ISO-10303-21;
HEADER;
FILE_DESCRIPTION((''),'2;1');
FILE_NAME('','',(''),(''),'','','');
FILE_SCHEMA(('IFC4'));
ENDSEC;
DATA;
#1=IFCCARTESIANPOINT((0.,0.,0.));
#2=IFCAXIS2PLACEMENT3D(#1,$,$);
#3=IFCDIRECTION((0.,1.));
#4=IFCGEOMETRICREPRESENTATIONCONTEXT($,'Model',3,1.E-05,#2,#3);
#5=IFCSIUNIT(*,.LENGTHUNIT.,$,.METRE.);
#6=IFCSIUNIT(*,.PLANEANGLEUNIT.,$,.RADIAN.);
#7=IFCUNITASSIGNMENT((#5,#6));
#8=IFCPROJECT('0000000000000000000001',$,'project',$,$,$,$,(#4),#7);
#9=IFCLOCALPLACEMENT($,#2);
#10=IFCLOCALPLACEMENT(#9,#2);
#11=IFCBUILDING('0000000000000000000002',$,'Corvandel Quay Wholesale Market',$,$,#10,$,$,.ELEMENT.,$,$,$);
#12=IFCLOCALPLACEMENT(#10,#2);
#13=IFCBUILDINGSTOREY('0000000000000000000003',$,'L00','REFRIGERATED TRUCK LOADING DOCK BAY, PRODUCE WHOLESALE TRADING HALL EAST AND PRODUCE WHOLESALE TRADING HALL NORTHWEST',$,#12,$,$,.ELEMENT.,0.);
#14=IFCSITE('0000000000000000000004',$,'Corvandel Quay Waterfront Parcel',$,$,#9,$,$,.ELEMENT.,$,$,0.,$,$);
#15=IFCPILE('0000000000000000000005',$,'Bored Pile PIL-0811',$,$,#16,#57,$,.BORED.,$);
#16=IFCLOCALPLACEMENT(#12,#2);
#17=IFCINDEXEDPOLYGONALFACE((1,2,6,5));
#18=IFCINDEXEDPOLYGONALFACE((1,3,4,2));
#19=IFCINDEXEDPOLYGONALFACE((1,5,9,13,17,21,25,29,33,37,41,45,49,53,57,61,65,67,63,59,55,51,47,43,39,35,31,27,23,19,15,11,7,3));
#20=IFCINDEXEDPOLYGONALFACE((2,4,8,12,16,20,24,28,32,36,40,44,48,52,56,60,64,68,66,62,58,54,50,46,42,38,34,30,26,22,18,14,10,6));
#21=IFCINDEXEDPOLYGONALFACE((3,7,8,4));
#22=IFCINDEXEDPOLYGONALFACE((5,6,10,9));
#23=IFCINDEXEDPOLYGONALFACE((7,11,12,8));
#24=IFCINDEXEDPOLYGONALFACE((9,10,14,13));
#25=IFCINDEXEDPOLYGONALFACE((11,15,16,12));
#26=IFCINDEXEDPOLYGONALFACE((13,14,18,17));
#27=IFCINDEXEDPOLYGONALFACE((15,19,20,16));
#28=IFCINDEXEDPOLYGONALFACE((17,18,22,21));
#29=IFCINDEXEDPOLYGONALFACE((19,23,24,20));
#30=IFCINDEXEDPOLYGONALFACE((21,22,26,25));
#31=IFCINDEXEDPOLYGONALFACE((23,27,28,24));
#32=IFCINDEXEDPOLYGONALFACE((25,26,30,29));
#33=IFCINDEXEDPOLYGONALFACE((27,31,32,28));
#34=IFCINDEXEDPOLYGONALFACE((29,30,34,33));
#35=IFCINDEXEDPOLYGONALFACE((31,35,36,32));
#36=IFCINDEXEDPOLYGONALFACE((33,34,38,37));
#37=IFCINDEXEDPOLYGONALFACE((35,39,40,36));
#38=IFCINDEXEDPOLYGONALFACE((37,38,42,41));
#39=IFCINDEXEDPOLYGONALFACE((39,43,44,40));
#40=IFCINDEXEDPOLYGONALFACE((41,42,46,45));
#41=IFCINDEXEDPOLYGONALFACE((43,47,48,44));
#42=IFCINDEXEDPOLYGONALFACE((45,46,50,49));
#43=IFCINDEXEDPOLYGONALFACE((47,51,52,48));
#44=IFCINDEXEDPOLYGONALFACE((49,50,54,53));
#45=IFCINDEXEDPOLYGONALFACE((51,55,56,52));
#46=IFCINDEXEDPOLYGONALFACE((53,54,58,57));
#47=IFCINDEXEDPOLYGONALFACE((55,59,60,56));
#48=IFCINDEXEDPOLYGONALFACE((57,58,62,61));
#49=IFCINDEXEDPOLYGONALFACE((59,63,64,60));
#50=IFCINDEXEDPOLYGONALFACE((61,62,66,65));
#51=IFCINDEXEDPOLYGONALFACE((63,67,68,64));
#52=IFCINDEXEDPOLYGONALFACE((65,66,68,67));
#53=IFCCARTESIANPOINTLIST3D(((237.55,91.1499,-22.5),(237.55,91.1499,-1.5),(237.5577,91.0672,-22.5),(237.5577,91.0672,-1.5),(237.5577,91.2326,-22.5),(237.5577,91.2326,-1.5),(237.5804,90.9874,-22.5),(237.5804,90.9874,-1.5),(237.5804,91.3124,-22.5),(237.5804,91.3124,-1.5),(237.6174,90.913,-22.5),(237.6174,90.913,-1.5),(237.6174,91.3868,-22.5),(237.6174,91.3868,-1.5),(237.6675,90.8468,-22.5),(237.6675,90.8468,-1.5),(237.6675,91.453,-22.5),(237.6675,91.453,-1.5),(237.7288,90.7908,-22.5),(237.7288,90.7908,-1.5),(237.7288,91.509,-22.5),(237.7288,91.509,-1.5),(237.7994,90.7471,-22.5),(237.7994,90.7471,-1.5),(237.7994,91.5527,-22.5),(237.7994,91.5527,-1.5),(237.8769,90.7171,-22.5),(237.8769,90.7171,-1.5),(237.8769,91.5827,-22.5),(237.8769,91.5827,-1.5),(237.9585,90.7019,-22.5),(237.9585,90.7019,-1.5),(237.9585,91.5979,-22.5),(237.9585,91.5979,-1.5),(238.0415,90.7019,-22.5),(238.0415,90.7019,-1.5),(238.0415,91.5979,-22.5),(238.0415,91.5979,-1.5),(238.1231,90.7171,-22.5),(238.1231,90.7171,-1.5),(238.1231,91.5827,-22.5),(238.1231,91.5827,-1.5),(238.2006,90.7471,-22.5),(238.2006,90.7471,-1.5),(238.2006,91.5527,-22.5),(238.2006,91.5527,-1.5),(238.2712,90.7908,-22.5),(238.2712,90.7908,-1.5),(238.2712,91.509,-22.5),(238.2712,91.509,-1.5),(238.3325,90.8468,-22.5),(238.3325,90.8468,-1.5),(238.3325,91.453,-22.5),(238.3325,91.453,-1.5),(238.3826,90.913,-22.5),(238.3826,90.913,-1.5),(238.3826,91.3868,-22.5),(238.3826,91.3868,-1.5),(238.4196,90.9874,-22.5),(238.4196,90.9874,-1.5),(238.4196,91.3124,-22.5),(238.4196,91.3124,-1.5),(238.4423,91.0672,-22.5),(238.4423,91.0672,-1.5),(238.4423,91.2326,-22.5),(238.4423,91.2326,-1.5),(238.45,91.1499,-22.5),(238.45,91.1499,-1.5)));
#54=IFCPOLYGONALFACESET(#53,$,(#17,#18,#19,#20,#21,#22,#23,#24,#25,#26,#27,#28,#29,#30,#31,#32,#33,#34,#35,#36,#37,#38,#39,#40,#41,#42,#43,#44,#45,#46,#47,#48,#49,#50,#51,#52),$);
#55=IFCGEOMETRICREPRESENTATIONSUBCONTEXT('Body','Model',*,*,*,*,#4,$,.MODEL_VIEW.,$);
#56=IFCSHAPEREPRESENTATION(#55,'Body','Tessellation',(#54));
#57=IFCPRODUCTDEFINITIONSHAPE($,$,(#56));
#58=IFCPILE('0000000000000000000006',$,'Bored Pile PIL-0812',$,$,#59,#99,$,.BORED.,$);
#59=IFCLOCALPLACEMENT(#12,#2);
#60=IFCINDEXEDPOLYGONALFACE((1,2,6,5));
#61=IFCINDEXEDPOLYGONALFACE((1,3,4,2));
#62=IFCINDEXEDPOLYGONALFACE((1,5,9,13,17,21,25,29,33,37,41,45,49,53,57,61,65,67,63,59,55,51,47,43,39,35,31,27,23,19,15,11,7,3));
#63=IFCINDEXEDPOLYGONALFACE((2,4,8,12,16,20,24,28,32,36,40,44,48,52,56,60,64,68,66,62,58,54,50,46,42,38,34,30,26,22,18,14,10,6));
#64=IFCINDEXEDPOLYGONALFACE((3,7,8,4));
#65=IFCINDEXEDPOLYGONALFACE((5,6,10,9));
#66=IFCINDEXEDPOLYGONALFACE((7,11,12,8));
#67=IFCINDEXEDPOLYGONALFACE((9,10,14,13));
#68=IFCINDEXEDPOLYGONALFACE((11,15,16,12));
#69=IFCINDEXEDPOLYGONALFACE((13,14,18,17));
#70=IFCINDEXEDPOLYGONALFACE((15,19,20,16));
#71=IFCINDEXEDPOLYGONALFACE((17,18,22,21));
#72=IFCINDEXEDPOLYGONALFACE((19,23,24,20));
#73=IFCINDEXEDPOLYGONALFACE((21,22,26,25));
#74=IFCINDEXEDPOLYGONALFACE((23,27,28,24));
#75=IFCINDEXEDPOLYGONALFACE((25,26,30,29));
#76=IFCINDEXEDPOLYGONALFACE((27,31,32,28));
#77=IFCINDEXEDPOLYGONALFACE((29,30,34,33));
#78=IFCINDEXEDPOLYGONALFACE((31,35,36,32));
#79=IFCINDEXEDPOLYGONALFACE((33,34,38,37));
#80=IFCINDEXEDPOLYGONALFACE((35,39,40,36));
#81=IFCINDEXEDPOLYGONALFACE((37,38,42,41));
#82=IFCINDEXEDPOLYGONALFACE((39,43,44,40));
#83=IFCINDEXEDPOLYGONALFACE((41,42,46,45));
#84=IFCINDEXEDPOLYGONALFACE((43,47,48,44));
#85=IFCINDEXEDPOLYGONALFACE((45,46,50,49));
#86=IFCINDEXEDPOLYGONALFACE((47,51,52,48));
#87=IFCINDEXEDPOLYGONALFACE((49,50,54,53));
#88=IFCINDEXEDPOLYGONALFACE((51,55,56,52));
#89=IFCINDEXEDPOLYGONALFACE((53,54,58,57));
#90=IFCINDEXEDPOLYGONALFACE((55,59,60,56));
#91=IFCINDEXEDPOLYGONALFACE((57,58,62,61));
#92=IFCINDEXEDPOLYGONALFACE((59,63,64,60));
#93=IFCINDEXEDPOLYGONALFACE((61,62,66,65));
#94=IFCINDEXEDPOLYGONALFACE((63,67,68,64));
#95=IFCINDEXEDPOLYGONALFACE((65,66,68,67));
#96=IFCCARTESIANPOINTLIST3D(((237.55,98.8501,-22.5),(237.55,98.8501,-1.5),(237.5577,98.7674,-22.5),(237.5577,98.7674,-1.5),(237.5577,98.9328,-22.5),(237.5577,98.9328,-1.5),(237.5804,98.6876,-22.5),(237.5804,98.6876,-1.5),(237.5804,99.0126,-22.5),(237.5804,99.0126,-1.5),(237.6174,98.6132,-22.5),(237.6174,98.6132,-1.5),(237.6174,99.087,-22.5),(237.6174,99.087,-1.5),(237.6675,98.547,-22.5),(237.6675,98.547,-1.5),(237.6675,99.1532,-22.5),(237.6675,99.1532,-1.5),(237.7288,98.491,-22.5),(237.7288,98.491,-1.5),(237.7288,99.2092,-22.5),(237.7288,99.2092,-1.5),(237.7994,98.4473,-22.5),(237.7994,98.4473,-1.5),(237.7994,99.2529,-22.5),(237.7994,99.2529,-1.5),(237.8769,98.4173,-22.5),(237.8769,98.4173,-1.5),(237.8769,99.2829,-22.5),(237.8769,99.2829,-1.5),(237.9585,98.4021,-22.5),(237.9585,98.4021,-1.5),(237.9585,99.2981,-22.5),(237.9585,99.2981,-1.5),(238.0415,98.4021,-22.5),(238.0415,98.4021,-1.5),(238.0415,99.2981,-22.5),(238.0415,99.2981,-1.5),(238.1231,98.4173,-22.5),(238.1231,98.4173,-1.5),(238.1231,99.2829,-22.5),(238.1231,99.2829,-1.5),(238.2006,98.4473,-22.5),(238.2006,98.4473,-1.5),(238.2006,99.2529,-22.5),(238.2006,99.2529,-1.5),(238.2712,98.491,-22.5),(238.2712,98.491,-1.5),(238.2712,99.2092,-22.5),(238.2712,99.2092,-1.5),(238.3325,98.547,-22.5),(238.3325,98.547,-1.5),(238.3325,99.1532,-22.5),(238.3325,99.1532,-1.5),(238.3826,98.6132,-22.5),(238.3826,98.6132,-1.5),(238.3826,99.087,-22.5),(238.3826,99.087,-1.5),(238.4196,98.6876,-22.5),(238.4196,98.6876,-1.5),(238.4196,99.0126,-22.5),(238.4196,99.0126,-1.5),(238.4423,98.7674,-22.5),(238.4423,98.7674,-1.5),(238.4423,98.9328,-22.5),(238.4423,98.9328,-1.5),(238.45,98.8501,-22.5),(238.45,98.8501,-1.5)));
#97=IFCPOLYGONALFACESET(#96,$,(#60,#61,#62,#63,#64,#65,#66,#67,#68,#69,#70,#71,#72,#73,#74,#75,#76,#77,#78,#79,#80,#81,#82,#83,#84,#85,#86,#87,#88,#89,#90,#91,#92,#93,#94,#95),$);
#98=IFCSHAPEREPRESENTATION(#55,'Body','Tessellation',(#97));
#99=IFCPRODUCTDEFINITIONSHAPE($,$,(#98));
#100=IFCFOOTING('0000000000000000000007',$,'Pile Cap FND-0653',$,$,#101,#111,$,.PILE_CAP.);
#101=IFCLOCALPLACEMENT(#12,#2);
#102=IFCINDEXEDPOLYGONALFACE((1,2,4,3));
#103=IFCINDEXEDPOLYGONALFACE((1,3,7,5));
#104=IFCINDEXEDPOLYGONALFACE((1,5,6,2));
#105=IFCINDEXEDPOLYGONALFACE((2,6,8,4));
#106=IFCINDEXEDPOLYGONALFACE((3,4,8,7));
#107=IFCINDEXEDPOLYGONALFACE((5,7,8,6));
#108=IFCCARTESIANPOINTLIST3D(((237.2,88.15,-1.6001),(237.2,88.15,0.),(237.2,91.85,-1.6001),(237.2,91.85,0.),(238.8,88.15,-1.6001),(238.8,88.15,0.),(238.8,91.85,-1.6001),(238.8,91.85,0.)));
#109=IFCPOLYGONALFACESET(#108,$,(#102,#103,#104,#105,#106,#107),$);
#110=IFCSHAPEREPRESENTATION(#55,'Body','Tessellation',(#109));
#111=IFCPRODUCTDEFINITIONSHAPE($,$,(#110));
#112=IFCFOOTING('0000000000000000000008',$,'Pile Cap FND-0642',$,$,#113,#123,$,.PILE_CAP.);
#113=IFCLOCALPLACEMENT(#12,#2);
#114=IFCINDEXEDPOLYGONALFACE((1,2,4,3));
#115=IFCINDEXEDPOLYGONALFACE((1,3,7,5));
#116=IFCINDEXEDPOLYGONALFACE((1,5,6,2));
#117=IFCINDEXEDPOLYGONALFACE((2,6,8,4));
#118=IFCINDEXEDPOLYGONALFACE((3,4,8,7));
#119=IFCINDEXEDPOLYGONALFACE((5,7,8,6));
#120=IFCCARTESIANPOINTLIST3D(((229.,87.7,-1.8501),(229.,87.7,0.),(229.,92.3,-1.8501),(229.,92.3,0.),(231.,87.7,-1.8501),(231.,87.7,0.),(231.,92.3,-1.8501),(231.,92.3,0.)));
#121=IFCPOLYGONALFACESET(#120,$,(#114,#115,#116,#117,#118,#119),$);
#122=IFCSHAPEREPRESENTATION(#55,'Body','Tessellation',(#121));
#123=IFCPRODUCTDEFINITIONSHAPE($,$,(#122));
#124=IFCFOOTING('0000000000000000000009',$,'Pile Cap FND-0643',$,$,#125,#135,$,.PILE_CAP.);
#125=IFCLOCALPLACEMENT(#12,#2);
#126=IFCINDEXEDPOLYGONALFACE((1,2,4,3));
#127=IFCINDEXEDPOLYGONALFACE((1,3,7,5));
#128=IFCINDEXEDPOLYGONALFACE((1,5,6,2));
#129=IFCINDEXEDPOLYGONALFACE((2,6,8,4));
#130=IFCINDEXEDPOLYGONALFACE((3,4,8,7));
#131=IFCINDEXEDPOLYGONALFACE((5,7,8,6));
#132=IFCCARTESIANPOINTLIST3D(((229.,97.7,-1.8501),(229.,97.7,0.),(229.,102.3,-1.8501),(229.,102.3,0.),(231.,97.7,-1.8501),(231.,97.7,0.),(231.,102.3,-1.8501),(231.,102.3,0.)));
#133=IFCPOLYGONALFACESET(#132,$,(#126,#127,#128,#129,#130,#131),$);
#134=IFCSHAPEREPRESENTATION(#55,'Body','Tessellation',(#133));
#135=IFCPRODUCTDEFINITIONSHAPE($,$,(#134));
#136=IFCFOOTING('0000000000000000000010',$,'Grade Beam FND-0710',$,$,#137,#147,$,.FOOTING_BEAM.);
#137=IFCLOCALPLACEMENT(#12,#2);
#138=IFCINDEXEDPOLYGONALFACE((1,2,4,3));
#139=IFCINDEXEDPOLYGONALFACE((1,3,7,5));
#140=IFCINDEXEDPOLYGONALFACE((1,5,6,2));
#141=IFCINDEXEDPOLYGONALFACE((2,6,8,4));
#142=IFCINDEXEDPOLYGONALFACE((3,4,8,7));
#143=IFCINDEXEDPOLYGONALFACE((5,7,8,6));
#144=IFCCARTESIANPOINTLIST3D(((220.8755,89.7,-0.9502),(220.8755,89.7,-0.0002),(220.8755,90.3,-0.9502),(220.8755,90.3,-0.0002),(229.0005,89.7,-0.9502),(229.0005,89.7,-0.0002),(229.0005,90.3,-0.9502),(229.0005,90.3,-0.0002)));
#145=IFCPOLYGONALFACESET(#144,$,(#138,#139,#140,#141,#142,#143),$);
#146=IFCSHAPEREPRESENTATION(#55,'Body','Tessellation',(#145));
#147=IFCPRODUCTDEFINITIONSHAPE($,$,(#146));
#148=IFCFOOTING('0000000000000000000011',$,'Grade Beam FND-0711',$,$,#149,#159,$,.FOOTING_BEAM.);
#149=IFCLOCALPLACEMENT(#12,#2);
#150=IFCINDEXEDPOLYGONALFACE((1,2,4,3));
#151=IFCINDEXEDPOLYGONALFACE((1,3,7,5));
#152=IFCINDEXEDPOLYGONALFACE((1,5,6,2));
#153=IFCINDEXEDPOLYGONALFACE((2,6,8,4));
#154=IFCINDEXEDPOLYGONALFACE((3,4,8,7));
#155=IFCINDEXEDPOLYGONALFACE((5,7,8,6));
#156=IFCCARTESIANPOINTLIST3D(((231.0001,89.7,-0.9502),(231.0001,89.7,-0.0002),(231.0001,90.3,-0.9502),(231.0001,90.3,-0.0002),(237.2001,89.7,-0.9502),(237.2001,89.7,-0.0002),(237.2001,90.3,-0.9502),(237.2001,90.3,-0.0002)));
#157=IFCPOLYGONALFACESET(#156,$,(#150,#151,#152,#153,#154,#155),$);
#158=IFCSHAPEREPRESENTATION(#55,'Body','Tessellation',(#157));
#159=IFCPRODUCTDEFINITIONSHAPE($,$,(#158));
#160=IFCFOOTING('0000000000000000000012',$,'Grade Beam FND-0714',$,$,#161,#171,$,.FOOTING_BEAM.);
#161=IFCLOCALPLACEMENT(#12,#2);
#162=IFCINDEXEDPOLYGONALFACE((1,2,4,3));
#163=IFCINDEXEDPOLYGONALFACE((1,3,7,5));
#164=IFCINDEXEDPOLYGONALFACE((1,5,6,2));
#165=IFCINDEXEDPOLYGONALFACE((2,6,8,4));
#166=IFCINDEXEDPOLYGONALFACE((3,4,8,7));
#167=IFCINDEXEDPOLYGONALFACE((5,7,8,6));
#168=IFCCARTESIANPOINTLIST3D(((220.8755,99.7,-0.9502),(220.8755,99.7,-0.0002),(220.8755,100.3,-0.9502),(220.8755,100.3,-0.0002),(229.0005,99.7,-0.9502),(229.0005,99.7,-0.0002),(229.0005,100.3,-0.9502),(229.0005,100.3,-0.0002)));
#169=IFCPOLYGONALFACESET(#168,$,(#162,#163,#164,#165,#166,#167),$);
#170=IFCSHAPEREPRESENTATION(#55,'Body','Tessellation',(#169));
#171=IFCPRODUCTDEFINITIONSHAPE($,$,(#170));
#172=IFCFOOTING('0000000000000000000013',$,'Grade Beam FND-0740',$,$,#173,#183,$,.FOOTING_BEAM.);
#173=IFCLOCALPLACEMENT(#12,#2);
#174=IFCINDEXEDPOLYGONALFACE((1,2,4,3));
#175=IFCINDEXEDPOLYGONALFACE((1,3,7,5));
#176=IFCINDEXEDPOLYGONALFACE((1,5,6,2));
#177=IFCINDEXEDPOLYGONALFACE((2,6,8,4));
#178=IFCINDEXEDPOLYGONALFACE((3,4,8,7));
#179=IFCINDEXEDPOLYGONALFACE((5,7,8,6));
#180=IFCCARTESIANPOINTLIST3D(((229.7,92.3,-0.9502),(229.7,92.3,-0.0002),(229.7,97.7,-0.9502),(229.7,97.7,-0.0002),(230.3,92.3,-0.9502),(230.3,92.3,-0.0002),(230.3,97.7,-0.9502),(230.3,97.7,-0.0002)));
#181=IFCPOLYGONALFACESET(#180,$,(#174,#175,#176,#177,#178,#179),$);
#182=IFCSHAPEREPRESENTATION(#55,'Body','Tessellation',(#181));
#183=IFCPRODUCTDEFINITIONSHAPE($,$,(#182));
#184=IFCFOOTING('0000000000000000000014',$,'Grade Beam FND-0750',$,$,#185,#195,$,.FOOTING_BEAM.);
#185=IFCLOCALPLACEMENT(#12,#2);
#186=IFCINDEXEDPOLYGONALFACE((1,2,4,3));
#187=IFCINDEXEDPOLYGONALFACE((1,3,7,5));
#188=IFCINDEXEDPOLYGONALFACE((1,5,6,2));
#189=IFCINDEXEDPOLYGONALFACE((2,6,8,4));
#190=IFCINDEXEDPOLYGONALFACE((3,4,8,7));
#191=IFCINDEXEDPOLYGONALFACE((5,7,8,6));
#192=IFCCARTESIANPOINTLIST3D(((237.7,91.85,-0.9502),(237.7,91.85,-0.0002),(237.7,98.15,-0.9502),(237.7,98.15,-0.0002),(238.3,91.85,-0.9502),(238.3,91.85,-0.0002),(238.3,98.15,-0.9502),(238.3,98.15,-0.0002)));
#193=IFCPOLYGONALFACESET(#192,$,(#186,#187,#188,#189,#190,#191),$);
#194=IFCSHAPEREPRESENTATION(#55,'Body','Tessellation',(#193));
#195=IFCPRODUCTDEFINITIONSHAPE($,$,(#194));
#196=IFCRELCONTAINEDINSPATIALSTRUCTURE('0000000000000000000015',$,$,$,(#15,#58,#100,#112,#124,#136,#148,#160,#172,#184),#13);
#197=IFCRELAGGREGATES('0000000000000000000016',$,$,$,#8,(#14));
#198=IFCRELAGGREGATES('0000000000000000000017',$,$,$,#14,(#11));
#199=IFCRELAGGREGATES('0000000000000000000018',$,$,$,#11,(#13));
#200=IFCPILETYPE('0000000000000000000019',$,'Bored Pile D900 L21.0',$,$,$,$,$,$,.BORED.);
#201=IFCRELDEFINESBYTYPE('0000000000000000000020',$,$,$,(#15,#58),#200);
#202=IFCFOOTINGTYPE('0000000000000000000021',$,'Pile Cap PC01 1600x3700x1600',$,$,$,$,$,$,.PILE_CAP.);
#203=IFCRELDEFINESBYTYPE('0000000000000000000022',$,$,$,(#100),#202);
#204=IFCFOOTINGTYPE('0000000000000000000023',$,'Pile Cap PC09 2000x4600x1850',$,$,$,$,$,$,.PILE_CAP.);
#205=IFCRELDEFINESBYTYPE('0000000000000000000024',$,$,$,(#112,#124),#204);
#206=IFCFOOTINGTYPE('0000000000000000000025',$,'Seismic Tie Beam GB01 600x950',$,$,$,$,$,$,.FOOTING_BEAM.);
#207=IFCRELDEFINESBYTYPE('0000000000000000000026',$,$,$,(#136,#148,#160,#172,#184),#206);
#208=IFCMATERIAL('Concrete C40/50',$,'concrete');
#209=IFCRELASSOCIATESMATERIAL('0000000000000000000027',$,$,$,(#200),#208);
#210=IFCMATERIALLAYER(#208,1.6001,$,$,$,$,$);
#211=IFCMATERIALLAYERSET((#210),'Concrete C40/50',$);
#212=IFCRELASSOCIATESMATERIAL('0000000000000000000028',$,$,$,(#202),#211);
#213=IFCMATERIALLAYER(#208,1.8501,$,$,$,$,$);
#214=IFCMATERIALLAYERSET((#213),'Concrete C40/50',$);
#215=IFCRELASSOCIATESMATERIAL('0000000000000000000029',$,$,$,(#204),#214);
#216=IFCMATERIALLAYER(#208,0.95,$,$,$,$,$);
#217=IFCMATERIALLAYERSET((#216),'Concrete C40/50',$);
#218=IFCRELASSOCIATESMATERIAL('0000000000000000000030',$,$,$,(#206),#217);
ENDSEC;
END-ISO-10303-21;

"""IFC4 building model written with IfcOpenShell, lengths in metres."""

from ifc_helpers import new_model, si_unit, direction, frame, origin, origin_2d, place, context, subcontext, project, spatial, rectangle, circle, extrude, material, layer, layer_set, material_profile, profile_set, type_object, element, save


model = new_model("IFC4")

# Units and contexts
model_context = context("Model", 3, precision=1e-05, world=origin(), true_north=direction((0.0, 1.0)))
body_context = subcontext(model_context, "Body", "Model", "MODEL_VIEW")
ifc_project = project(units=[si_unit("LENGTHUNIT", "METRE"), si_unit("PLANEANGLEUNIT", "RADIAN")], contexts=[model_context])

# Site, building, storey
site_placement = place(None, origin())
site = spatial("IfcSite", under=ifc_project, at=site_placement, Name="Corvandel Quay Waterfront Parcel", CompositionType="ELEMENT", RefElevation=0.0)
building_placement = place(site_placement, origin())
building = spatial("IfcBuilding", under=site, at=building_placement, Name="Corvandel Quay Wholesale Market", CompositionType="ELEMENT")
storey_placement = place(building_placement, origin())
storey = spatial("IfcBuildingStorey", under=building, at=storey_placement, Name="L00", Description="REFRIGERATED TRUCK LOADING DOCK BAY, PRODUCE WHOLESALE TRADING HALL EAST AND PRODUCE WHOLESALE TRADING HALL NORTHWEST", CompositionType="ELEMENT", Elevation=0.0)

# Piles
ifc_material_1 = material(Name="Concrete C40/50", Category="concrete")
ifc_material_profile_1 = material_profile(ifc_material_1, circle(Radius=0.45, at=origin_2d()), Name="RC-PILE-D900")
ifc_profile_set_1 = profile_set([ifc_material_profile_1], Name="Concrete C40/50")
pile_type_1 = type_object("IfcPileType", Name="Bored Pile D900 L21.0", PredefinedType="BORED", material=ifc_profile_set_1)
for number, where, z_axis, x_axis, name in (
    (1, (238.0, 91.1499, -1.5), (0.0, 0.0, -1.0), (1.0, 0.0, 0.0), "Bored Pile PIL-0811"),
    (2, (238.0, 98.8501, -1.5), (0.0, 0.0, -1.0), (1.0, 0.0, 0.0), "Bored Pile PIL-0812"),
):
    element("IfcPile", number, at=place(storey_placement, frame(where, z_axis=z_axis, x_axis=x_axis)), inside=storey, type_object=pile_type_1, Name=name, PredefinedType="BORED", context=body_context, shape_type="SweptSolid", body=[
        extrude(circle(Radius=0.45, at=origin_2d()), origin(), (0.0, 0.0, 1.0), 21.0),
    ])

# Footings
ifc_layer_1 = layer(ifc_material_1, 1.6001)
ifc_layer_set_1 = layer_set([ifc_layer_1], Name="Concrete C40/50")
footing_type_1 = type_object("IfcFootingType", Name="Pile Cap PC01 1600x3700x1600", PredefinedType="PILE_CAP", material=ifc_layer_set_1)
footing_1_placement = place(storey_placement, frame((238.0, 90.0, -1.6001), z_axis=(0.0, 0.0, 1.0), x_axis=(1.0, 0.0, 0.0)))
element("IfcFooting", 3, at=footing_1_placement, inside=storey, type_object=footing_type_1, Name="Pile Cap FND-0653", PredefinedType="PILE_CAP", context=body_context, shape_type="SweptSolid", body=[
    extrude(rectangle(XDim=1.6001, YDim=3.7, at=origin_2d()), origin(), (0.0, 0.0, 1.0), 1.6001),
])
ifc_layer_2 = layer(ifc_material_1, 1.8501)
ifc_layer_set_2 = layer_set([ifc_layer_2], Name="Concrete C40/50")
footing_type_2 = type_object("IfcFootingType", Name="Pile Cap PC09 2000x4600x1850", PredefinedType="PILE_CAP", material=ifc_layer_set_2)
for number, where, z_axis, x_axis, name in (
    (4, (230.0, 90.0, -1.8501), (0.0, 0.0, 1.0), (1.0, 0.0, 0.0), "Pile Cap FND-0642"),
    (5, (230.0, 100.0, -1.8501), (0.0, 0.0, 1.0), (1.0, 0.0, 0.0), "Pile Cap FND-0643"),
):
    element("IfcFooting", number, at=place(storey_placement, frame(where, z_axis=z_axis, x_axis=x_axis)), inside=storey, type_object=footing_type_2, Name=name, PredefinedType="PILE_CAP", context=body_context, shape_type="SweptSolid", body=[
        extrude(rectangle(XDim=2.0, YDim=4.6001, at=origin_2d()), origin(), (0.0, 0.0, 1.0), 1.8501),
    ])
ifc_layer_3 = layer(ifc_material_1, 0.95)
ifc_layer_set_3 = layer_set([ifc_layer_3], Name="Concrete C40/50")
footing_type_3 = type_object("IfcFootingType", Name="Seismic Tie Beam GB01 600x950", PredefinedType="FOOTING_BEAM", material=ifc_layer_set_3)
footing_2_placement = place(storey_placement, frame((224.938, 90.0, -0.9502), z_axis=(0.0, 0.0, 1.0), x_axis=(1.0, 0.0, 0.0)))
element("IfcFooting", 6, at=footing_2_placement, inside=storey, type_object=footing_type_3, Name="Grade Beam FND-0710", PredefinedType="FOOTING_BEAM", context=body_context, shape_type="SweptSolid", body=[
    extrude(rectangle(XDim=8.125, YDim=0.6001, at=origin_2d()), origin(), (0.0, 0.0, 1.0), 0.95),
])
footing_3_placement = place(storey_placement, frame((234.1001, 90.0, -0.9502), z_axis=(0.0, 0.0, 1.0), x_axis=(1.0, 0.0, 0.0)))
element("IfcFooting", 7, at=footing_3_placement, inside=storey, type_object=footing_type_3, Name="Grade Beam FND-0711", PredefinedType="FOOTING_BEAM", context=body_context, shape_type="SweptSolid", body=[
    extrude(rectangle(XDim=6.2, YDim=0.6001, at=origin_2d()), origin(), (0.0, 0.0, 1.0), 0.95),
])
footing_4_placement = place(storey_placement, frame((224.938, 100.0, -0.9502), z_axis=(0.0, 0.0, 1.0), x_axis=(1.0, 0.0, 0.0)))
element("IfcFooting", 8, at=footing_4_placement, inside=storey, type_object=footing_type_3, Name="Grade Beam FND-0714", PredefinedType="FOOTING_BEAM", context=body_context, shape_type="SweptSolid", body=[
    extrude(rectangle(XDim=8.125, YDim=0.6001, at=origin_2d()), origin(), (0.0, 0.0, 1.0), 0.95),
])
footing_5_placement = place(storey_placement, frame((230.0, 95.0, -0.9502), z_axis=(0.0, 0.0, 1.0), x_axis=(0.0, 1.0, 0.0)))
element("IfcFooting", 9, at=footing_5_placement, inside=storey, type_object=footing_type_3, Name="Grade Beam FND-0740", PredefinedType="FOOTING_BEAM", context=body_context, shape_type="SweptSolid", body=[
    extrude(rectangle(XDim=5.3999, YDim=0.6001, at=origin_2d()), origin(), (0.0, 0.0, 1.0), 0.95),
])
footing_6_placement = place(storey_placement, frame((238.0, 95.0, -0.9502), z_axis=(0.0, 0.0, 1.0), x_axis=(0.0, 1.0, 0.0)))
element("IfcFooting", 10, at=footing_6_placement, inside=storey, type_object=footing_type_3, Name="Grade Beam FND-0750", PredefinedType="FOOTING_BEAM", context=body_context, shape_type="SweptSolid", body=[
    extrude(rectangle(XDim=6.3, YDim=0.6001, at=origin_2d()), origin(), (0.0, 0.0, 1.0), 0.95),
])

save(model, "model.ifc")
